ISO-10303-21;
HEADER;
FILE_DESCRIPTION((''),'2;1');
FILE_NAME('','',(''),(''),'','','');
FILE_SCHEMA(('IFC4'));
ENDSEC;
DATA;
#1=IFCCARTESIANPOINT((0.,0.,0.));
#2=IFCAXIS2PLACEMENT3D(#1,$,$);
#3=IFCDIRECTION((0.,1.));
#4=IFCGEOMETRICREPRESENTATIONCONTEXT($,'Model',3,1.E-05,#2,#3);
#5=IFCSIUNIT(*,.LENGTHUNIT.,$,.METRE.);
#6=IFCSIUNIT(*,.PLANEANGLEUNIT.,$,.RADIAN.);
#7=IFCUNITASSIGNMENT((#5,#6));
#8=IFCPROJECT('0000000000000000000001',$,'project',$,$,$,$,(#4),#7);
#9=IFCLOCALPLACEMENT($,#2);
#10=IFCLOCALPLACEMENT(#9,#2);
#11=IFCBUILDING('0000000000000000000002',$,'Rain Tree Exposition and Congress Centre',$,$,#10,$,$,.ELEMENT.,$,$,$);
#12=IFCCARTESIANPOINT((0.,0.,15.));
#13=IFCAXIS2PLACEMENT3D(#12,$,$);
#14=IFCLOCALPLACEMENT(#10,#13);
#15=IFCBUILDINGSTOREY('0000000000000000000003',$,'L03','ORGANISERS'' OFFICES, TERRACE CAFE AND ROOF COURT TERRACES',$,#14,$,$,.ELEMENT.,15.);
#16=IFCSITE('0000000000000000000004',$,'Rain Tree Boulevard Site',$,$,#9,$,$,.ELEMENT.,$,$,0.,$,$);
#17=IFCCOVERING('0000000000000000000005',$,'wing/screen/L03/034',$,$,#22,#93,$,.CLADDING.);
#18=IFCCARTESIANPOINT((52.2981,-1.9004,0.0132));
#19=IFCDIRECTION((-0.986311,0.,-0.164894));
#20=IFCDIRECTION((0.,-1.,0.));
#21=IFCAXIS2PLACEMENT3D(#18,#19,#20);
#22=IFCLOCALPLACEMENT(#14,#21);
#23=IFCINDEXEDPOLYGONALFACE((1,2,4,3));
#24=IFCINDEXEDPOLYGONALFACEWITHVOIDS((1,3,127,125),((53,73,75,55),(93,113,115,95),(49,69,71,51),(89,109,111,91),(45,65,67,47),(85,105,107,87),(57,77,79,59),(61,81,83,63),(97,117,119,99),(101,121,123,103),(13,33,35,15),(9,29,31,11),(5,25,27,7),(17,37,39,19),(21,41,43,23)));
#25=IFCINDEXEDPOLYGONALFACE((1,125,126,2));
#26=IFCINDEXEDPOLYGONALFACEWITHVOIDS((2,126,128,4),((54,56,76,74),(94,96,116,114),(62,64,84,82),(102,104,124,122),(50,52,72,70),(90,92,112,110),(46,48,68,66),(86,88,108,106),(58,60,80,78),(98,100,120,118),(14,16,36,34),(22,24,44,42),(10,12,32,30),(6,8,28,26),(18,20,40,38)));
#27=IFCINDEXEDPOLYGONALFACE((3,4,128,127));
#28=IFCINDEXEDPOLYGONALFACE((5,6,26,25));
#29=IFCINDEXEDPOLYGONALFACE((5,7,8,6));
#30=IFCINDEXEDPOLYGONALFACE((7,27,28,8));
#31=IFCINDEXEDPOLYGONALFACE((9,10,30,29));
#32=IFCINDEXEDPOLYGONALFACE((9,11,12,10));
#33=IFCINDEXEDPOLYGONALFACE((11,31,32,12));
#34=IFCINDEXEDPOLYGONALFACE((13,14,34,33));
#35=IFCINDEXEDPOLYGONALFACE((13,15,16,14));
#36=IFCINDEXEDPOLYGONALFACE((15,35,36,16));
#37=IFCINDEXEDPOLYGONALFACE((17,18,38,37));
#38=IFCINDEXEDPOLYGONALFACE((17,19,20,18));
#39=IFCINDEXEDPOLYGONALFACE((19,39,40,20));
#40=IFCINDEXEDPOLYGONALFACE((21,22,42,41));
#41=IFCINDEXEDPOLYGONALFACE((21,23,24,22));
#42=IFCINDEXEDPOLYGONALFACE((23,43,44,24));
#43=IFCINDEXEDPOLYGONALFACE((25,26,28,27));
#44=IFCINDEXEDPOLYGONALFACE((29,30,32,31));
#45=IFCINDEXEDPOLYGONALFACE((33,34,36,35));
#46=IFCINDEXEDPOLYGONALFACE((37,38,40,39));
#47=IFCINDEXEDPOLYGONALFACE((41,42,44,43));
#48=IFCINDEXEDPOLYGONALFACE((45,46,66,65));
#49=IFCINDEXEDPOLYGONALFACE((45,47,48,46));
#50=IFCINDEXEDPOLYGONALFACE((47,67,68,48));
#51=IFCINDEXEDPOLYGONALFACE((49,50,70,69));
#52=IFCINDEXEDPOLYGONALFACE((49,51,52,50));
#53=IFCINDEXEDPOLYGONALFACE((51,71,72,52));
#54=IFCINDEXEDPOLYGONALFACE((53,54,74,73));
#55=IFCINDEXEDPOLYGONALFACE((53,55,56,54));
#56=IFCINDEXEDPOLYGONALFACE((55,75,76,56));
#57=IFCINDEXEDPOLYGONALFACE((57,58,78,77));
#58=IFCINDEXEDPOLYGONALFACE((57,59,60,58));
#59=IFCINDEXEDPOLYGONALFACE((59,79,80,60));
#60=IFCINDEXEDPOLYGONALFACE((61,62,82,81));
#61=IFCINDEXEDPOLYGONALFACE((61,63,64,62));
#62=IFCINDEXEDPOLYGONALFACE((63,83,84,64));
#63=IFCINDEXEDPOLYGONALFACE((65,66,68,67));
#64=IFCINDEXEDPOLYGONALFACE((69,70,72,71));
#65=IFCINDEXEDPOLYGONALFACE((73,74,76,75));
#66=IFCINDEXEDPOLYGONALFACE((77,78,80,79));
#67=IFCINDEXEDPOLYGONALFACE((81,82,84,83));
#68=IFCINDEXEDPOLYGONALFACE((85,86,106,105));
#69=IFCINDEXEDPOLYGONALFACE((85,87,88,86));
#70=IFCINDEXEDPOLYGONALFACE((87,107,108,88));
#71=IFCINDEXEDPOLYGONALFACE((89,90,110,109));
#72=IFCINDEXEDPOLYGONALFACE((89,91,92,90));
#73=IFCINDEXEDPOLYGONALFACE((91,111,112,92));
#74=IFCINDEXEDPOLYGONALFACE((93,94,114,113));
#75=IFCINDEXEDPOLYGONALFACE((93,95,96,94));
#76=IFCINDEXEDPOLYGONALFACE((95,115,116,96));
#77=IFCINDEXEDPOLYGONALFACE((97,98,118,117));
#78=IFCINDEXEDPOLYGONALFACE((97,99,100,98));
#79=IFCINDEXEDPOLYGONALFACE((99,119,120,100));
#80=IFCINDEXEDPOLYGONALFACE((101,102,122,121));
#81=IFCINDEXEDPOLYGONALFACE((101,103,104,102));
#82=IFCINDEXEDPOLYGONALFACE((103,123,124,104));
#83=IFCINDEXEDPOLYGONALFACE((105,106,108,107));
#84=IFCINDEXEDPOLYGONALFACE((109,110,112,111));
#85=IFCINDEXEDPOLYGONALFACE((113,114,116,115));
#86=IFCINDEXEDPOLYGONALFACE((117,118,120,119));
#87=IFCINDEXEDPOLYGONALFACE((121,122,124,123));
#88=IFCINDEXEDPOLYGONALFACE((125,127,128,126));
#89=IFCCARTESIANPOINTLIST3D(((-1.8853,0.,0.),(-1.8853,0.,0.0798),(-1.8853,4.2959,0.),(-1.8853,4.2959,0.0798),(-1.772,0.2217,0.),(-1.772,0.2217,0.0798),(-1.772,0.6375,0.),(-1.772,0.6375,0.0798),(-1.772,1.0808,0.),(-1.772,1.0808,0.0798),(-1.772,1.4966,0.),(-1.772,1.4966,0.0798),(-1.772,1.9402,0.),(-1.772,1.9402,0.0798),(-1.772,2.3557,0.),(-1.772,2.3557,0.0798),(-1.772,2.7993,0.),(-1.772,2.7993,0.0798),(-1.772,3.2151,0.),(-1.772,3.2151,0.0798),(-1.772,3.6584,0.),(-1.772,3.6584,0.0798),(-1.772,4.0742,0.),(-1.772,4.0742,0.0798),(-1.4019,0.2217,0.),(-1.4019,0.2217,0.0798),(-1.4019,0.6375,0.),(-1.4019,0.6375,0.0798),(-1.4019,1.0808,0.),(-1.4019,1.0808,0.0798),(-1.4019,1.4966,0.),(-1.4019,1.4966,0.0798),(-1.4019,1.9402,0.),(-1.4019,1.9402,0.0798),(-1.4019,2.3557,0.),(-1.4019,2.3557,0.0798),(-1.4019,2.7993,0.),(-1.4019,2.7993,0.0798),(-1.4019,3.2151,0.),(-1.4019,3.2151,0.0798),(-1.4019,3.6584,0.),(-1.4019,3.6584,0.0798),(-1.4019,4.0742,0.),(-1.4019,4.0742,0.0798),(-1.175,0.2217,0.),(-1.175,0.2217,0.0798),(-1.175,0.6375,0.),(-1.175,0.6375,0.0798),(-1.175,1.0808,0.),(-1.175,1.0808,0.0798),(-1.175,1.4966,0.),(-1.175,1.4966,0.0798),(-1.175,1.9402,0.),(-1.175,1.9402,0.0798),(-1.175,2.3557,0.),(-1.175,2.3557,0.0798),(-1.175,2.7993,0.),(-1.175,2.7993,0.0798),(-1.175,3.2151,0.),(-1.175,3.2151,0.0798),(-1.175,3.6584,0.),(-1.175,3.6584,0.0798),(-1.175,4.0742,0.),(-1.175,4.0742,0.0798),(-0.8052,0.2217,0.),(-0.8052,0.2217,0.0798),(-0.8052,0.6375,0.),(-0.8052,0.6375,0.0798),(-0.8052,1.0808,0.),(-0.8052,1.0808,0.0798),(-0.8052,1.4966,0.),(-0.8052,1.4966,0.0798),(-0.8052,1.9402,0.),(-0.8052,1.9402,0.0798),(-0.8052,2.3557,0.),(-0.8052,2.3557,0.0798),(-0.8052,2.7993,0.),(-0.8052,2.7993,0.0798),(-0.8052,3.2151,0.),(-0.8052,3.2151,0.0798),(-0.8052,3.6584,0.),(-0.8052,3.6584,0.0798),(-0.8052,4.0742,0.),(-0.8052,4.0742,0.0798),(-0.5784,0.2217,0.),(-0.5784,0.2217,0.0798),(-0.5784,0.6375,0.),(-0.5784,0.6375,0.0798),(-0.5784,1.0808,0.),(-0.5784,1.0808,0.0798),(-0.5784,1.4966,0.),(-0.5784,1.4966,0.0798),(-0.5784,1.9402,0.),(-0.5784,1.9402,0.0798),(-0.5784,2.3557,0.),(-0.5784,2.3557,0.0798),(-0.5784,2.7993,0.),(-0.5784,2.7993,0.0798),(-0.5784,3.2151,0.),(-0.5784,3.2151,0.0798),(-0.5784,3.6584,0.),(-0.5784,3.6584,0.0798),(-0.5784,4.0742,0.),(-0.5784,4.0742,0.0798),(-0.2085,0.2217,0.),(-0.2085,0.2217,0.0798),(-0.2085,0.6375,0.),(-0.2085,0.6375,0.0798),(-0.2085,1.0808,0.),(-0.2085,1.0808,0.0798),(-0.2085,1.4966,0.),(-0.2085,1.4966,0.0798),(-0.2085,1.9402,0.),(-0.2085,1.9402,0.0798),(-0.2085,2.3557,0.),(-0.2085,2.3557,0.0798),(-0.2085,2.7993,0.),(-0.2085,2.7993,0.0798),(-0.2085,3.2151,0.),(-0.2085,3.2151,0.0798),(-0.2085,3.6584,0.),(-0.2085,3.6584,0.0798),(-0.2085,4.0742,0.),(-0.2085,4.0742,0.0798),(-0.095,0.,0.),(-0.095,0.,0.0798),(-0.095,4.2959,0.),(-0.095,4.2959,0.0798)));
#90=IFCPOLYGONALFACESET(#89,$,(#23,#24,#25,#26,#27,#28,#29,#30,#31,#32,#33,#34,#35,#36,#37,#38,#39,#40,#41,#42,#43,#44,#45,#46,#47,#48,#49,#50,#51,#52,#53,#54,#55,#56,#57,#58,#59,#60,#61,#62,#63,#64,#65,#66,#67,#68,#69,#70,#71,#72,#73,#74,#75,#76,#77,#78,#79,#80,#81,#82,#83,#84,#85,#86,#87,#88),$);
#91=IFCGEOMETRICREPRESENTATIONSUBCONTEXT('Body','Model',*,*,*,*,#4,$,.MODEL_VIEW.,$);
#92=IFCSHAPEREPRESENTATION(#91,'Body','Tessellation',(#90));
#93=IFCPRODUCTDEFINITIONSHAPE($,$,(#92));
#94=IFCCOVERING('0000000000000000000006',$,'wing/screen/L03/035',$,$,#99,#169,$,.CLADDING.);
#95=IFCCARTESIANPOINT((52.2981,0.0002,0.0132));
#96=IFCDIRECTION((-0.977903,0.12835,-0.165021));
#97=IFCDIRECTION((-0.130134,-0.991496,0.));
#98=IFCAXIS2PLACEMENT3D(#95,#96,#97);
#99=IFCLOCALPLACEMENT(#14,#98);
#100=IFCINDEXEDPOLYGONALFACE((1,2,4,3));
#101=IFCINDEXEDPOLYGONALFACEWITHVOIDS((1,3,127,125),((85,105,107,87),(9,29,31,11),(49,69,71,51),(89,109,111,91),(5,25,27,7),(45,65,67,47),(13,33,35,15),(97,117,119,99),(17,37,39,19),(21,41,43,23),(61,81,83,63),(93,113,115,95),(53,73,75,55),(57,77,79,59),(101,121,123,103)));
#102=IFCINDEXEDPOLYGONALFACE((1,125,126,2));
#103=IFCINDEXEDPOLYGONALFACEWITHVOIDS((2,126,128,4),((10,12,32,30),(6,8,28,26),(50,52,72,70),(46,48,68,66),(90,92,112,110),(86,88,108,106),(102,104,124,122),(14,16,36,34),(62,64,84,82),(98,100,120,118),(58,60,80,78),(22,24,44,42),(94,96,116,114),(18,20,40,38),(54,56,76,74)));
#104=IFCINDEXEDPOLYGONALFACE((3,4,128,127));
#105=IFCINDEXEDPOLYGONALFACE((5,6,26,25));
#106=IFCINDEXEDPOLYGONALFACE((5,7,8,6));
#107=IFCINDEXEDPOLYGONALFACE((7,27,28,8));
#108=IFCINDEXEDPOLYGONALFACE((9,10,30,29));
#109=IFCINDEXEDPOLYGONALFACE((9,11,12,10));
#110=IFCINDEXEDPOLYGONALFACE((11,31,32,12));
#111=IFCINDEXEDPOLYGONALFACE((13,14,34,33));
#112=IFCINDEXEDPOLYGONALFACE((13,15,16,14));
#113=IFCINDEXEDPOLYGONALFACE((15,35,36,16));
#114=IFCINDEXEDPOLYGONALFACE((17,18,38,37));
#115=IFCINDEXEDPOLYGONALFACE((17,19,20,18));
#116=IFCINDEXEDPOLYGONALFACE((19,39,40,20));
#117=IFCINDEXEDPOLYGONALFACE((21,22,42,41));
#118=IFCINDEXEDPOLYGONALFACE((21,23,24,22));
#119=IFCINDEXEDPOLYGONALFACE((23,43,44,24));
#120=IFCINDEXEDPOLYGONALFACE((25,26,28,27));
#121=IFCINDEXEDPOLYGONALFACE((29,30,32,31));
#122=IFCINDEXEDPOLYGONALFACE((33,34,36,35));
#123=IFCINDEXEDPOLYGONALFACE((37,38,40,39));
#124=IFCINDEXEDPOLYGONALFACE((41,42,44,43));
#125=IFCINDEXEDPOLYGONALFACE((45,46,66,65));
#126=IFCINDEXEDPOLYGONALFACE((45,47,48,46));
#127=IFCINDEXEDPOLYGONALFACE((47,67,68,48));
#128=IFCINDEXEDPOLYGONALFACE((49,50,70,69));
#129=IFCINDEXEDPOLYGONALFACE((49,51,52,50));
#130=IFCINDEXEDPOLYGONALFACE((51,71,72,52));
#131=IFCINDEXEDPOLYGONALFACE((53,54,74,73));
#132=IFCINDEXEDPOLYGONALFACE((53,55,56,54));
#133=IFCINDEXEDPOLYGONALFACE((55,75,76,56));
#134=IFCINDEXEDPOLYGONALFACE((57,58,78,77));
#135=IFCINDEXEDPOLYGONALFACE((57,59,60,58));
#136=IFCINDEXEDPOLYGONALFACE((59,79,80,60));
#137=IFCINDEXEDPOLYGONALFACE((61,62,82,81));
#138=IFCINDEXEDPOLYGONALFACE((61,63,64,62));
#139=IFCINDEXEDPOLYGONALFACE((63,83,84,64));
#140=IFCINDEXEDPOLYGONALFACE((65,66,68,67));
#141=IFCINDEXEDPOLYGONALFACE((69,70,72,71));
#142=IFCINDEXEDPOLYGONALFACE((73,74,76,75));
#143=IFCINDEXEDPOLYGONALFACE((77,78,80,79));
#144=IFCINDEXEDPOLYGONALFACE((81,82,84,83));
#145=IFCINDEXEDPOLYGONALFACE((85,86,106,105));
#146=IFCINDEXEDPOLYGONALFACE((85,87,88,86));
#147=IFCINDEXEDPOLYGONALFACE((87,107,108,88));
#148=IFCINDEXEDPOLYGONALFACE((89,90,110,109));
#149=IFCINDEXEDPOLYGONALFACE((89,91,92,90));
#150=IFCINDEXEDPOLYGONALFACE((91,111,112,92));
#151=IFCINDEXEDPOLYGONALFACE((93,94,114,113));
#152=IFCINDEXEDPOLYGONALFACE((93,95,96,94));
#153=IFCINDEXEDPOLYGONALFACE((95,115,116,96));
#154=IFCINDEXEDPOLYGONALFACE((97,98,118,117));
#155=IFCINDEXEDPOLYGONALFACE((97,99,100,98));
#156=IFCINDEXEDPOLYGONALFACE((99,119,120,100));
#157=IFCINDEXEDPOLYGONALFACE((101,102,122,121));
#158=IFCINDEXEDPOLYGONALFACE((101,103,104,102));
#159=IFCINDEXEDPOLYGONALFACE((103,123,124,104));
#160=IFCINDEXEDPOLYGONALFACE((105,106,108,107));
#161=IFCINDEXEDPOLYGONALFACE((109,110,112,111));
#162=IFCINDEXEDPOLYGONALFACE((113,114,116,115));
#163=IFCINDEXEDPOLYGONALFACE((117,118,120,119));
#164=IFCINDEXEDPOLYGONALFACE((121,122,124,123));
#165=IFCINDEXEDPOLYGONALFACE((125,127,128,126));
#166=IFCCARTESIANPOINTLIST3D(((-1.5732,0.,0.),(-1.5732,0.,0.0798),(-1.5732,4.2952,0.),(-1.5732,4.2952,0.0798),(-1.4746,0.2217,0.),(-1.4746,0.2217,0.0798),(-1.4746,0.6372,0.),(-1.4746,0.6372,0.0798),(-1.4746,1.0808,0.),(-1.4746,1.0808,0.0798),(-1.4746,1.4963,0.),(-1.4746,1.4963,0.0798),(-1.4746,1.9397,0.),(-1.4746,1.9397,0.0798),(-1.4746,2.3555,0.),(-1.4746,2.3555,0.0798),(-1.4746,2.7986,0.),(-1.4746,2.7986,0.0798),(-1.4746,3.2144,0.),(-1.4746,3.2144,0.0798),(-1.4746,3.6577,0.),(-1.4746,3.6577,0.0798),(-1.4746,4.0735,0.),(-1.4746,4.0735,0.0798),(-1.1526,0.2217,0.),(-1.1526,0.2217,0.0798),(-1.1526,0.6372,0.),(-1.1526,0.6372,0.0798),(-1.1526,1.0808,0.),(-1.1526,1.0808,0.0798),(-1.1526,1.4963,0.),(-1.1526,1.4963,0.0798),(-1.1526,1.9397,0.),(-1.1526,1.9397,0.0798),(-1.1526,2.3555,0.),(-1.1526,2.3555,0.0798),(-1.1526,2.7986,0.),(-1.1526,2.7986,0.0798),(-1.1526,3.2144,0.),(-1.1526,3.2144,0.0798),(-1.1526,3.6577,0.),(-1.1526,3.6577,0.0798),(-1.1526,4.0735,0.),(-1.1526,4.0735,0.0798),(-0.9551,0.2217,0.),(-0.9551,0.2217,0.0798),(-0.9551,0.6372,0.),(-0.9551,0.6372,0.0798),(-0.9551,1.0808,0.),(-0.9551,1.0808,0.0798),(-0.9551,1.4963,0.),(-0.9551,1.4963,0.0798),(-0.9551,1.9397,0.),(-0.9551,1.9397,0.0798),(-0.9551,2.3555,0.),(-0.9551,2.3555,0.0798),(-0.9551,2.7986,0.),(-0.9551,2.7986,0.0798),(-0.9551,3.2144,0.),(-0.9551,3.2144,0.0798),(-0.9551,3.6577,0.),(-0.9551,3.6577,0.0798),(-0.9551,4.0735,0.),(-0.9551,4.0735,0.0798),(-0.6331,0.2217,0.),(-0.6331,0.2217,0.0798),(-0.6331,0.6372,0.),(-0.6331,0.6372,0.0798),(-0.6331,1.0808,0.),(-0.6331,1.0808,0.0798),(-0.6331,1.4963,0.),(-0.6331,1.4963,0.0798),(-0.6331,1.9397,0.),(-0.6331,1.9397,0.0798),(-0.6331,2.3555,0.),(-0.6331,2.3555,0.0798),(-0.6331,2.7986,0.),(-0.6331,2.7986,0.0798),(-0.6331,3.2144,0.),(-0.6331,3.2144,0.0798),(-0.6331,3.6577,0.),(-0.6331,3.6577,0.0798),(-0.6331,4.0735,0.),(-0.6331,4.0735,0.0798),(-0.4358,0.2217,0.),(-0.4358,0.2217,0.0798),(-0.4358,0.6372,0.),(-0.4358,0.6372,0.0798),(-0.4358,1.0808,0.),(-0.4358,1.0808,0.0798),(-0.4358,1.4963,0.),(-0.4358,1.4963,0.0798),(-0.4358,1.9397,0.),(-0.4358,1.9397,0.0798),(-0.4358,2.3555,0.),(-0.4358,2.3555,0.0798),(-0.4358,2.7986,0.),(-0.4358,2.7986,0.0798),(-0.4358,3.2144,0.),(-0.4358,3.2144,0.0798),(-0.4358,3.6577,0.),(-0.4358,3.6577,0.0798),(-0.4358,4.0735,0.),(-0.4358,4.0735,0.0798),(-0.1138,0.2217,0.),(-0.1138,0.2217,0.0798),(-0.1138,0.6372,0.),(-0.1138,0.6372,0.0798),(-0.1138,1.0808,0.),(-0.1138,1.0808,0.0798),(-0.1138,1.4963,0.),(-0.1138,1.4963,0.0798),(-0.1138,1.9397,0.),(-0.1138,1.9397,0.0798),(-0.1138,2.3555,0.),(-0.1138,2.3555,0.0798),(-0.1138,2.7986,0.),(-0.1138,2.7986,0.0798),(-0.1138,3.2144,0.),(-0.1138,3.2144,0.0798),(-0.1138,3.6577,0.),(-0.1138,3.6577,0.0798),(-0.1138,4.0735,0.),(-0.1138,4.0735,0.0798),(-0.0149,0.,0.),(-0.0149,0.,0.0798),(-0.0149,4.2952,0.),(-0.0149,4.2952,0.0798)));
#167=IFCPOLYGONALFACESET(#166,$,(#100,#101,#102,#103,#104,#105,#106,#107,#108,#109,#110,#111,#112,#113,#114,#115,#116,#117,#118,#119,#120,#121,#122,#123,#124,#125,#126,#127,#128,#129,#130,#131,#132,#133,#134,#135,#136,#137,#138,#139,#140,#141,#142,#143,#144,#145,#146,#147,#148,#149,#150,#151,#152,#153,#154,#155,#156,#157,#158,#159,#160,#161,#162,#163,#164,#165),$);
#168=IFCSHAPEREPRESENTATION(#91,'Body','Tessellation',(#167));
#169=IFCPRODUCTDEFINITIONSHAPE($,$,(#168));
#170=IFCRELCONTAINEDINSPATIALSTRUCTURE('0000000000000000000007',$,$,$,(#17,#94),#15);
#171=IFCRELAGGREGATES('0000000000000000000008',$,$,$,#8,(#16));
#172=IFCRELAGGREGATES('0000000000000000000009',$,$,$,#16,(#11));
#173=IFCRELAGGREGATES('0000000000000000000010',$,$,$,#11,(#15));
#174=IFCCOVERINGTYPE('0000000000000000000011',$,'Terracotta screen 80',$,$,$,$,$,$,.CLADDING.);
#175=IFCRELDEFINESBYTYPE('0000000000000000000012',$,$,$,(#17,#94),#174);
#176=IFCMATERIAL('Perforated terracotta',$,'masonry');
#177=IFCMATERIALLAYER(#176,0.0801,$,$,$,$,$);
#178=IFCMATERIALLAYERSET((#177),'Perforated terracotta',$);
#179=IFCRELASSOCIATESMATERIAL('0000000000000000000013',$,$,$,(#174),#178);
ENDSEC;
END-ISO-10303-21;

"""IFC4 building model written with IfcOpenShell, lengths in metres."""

from ifc_helpers import new_model, si_unit, direction, frame, origin, place, context, subcontext, project, spatial, polyline, outline, extrude, material, layer, layer_set, type_object, element, save


model = new_model("IFC4")

# Units and contexts
model_context = context("Model", 3, precision=1e-05, world=origin(), true_north=direction((0.0, 1.0)))
body_context = subcontext(model_context, "Body", "Model", "MODEL_VIEW")
ifc_project = project(units=[si_unit("LENGTHUNIT", "METRE"), si_unit("PLANEANGLEUNIT", "RADIAN")], contexts=[model_context])

# Site, building, storey
site_placement = place(None, origin())
site = spatial("IfcSite", under=ifc_project, at=site_placement, Name="Rain Tree Boulevard Site", CompositionType="ELEMENT", RefElevation=0.0)
building_placement = place(site_placement, origin())
building = spatial("IfcBuilding", under=site, at=building_placement, Name="Rain Tree Exposition and Congress Centre", CompositionType="ELEMENT")
storey_placement = place(building_placement, frame((0.0, 0.0, 15.0)))
storey = spatial("IfcBuildingStorey", under=building, at=storey_placement, Name="L03", Description="ORGANISERS' OFFICES, TERRACE CAFE AND ROOF COURT TERRACES", CompositionType="ELEMENT", Elevation=15.0)

# Coverings
ifc_material_1 = material(Name="Perforated terracotta", Category="masonry")
ifc_layer = layer(ifc_material_1, 0.0801)
ifc_layer_set = layer_set([ifc_layer], Name="Perforated terracotta")
covering_type = type_object("IfcCoveringType", Name="Terracotta screen 80", PredefinedType="CLADDING", material=ifc_layer_set)
covering_1_placement = place(storey_placement, frame((52.2981, -1.9004, 0.0132), z_axis=(-0.986311, 0.0, -0.164894), x_axis=(0.0, -1.0, 0.0)))
element("IfcCovering", 1, at=covering_1_placement, inside=storey, type_object=covering_type, Name="wing/screen/L03/034", PredefinedType="CLADDING", context=body_context, shape_type="SweptSolid", body=[
    extrude(outline(polyline([(-1.8853, 0.0), (-1.8853, 4.2959), (-0.095, 4.2959), (-0.095, 0.0), (-1.8853, 0.0)]), holes=[polyline([(-0.2085, 0.2217), (-0.2085, 0.6375), (-0.5784, 0.6375), (-0.5784, 0.2217), (-0.2085, 0.2217)]), polyline([(-0.2085, 1.0808), (-0.2085, 1.4966), (-0.5784, 1.4966), (-0.5784, 1.0808), (-0.2085, 1.0808)]), polyline([(-0.2085, 1.9402), (-0.2085, 2.3557), (-0.5784, 2.3557), (-0.5784, 1.9402), (-0.2085, 1.9402)]), polyline([(-0.2085, 2.7993), (-0.2085, 3.2151), (-0.5784, 3.2151), (-0.5784, 2.7993), (-0.2085, 2.7993)]), polyline([(-0.2085, 3.6584), (-0.2085, 4.0742), (-0.5784, 4.0742), (-0.5784, 3.6584), (-0.2085, 3.6584)]), polyline([(-0.8052, 0.2217), (-0.8052, 0.6375), (-1.175, 0.6375), (-1.175, 0.2217), (-0.8052, 0.2217)]), polyline([(-0.8052, 1.0808), (-0.8052, 1.4966), (-1.175, 1.4966), (-1.175, 1.0808), (-0.8052, 1.0808)]), polyline([(-0.8052, 1.9402), (-0.8052, 2.3557), (-1.175, 2.3557), (-1.175, 1.9402), (-0.8052, 1.9402)]), polyline([(-0.8052, 2.7993), (-0.8052, 3.2151), (-1.175, 3.2151), (-1.175, 2.7993), (-0.8052, 2.7993)]), polyline([(-0.8052, 3.6584), (-0.8052, 4.0742), (-1.175, 4.0742), (-1.175, 3.6584), (-0.8052, 3.6584)]), polyline([(-1.4019, 0.2217), (-1.4019, 0.6375), (-1.772, 0.6375), (-1.772, 0.2217), (-1.4019, 0.2217)]), polyline([(-1.4019, 1.0808), (-1.4019, 1.4966), (-1.772, 1.4966), (-1.772, 1.0808), (-1.4019, 1.0808)]), polyline([(-1.4019, 1.9402), (-1.4019, 2.3557), (-1.772, 2.3557), (-1.772, 1.9402), (-1.4019, 1.9402)]), polyline([(-1.4019, 2.7993), (-1.4019, 3.2151), (-1.772, 3.2151), (-1.772, 2.7993), (-1.4019, 2.7993)]), polyline([(-1.4019, 3.6584), (-1.4019, 4.0742), (-1.772, 4.0742), (-1.772, 3.6584), (-1.4019, 3.6584)])]), origin(), (0.0, 0.0, 1.0), 0.0798),
])
covering_2_placement = place(storey_placement, frame((52.2981, 0.0002, 0.0132), z_axis=(-0.977903, 0.12835, -0.165021), x_axis=(-0.130134, -0.991496, 0.0)))
element("IfcCovering", 2, at=covering_2_placement, inside=storey, type_object=covering_type, Name="wing/screen/L03/035", PredefinedType="CLADDING", context=body_context, shape_type="SweptSolid", body=[
    extrude(outline(polyline([(-1.5732, 0.0), (-1.5732, 4.2952), (-0.0149, 4.2952), (-0.0149, 0.0), (-1.5732, 0.0)]), holes=[polyline([(-0.1138, 0.2217), (-0.1138, 0.6372), (-0.4358, 0.6372), (-0.4358, 0.2217), (-0.1138, 0.2217)]), polyline([(-0.1138, 1.0808), (-0.1138, 1.4963), (-0.4358, 1.4963), (-0.4358, 1.0808), (-0.1138, 1.0808)]), polyline([(-0.1138, 1.9397), (-0.1138, 2.3555), (-0.4358, 2.3555), (-0.4358, 1.9397), (-0.1138, 1.9397)]), polyline([(-0.1138, 2.7986), (-0.1138, 3.2144), (-0.4358, 3.2144), (-0.4358, 2.7986), (-0.1138, 2.7986)]), polyline([(-0.1138, 3.6577), (-0.1138, 4.0735), (-0.4358, 4.0735), (-0.4358, 3.6577), (-0.1138, 3.6577)]), polyline([(-0.6331, 0.2217), (-0.6331, 0.6372), (-0.9551, 0.6372), (-0.9551, 0.2217), (-0.6331, 0.2217)]), polyline([(-0.6331, 1.0808), (-0.6331, 1.4963), (-0.9551, 1.4963), (-0.9551, 1.0808), (-0.6331, 1.0808)]), polyline([(-0.6331, 1.9397), (-0.6331, 2.3555), (-0.9551, 2.3555), (-0.9551, 1.9397), (-0.6331, 1.9397)]), polyline([(-0.6331, 2.7986), (-0.6331, 3.2144), (-0.9551, 3.2144), (-0.9551, 2.7986), (-0.6331, 2.7986)]), polyline([(-0.6331, 3.6577), (-0.6331, 4.0735), (-0.9551, 4.0735), (-0.9551, 3.6577), (-0.6331, 3.6577)]), polyline([(-1.1526, 0.2217), (-1.1526, 0.6372), (-1.4746, 0.6372), (-1.4746, 0.2217), (-1.1526, 0.2217)]), polyline([(-1.1526, 1.0808), (-1.1526, 1.4963), (-1.4746, 1.4963), (-1.4746, 1.0808), (-1.1526, 1.0808)]), polyline([(-1.1526, 1.9397), (-1.1526, 2.3555), (-1.4746, 2.3555), (-1.4746, 1.9397), (-1.1526, 1.9397)]), polyline([(-1.1526, 2.7986), (-1.1526, 3.2144), (-1.4746, 3.2144), (-1.4746, 2.7986), (-1.1526, 2.7986)]), polyline([(-1.1526, 3.6577), (-1.1526, 4.0735), (-1.4746, 4.0735), (-1.4746, 3.6577), (-1.1526, 3.6577)])]), origin(), (0.0, 0.0, 1.0), 0.0798),
])

save(model, "model.ifc")
